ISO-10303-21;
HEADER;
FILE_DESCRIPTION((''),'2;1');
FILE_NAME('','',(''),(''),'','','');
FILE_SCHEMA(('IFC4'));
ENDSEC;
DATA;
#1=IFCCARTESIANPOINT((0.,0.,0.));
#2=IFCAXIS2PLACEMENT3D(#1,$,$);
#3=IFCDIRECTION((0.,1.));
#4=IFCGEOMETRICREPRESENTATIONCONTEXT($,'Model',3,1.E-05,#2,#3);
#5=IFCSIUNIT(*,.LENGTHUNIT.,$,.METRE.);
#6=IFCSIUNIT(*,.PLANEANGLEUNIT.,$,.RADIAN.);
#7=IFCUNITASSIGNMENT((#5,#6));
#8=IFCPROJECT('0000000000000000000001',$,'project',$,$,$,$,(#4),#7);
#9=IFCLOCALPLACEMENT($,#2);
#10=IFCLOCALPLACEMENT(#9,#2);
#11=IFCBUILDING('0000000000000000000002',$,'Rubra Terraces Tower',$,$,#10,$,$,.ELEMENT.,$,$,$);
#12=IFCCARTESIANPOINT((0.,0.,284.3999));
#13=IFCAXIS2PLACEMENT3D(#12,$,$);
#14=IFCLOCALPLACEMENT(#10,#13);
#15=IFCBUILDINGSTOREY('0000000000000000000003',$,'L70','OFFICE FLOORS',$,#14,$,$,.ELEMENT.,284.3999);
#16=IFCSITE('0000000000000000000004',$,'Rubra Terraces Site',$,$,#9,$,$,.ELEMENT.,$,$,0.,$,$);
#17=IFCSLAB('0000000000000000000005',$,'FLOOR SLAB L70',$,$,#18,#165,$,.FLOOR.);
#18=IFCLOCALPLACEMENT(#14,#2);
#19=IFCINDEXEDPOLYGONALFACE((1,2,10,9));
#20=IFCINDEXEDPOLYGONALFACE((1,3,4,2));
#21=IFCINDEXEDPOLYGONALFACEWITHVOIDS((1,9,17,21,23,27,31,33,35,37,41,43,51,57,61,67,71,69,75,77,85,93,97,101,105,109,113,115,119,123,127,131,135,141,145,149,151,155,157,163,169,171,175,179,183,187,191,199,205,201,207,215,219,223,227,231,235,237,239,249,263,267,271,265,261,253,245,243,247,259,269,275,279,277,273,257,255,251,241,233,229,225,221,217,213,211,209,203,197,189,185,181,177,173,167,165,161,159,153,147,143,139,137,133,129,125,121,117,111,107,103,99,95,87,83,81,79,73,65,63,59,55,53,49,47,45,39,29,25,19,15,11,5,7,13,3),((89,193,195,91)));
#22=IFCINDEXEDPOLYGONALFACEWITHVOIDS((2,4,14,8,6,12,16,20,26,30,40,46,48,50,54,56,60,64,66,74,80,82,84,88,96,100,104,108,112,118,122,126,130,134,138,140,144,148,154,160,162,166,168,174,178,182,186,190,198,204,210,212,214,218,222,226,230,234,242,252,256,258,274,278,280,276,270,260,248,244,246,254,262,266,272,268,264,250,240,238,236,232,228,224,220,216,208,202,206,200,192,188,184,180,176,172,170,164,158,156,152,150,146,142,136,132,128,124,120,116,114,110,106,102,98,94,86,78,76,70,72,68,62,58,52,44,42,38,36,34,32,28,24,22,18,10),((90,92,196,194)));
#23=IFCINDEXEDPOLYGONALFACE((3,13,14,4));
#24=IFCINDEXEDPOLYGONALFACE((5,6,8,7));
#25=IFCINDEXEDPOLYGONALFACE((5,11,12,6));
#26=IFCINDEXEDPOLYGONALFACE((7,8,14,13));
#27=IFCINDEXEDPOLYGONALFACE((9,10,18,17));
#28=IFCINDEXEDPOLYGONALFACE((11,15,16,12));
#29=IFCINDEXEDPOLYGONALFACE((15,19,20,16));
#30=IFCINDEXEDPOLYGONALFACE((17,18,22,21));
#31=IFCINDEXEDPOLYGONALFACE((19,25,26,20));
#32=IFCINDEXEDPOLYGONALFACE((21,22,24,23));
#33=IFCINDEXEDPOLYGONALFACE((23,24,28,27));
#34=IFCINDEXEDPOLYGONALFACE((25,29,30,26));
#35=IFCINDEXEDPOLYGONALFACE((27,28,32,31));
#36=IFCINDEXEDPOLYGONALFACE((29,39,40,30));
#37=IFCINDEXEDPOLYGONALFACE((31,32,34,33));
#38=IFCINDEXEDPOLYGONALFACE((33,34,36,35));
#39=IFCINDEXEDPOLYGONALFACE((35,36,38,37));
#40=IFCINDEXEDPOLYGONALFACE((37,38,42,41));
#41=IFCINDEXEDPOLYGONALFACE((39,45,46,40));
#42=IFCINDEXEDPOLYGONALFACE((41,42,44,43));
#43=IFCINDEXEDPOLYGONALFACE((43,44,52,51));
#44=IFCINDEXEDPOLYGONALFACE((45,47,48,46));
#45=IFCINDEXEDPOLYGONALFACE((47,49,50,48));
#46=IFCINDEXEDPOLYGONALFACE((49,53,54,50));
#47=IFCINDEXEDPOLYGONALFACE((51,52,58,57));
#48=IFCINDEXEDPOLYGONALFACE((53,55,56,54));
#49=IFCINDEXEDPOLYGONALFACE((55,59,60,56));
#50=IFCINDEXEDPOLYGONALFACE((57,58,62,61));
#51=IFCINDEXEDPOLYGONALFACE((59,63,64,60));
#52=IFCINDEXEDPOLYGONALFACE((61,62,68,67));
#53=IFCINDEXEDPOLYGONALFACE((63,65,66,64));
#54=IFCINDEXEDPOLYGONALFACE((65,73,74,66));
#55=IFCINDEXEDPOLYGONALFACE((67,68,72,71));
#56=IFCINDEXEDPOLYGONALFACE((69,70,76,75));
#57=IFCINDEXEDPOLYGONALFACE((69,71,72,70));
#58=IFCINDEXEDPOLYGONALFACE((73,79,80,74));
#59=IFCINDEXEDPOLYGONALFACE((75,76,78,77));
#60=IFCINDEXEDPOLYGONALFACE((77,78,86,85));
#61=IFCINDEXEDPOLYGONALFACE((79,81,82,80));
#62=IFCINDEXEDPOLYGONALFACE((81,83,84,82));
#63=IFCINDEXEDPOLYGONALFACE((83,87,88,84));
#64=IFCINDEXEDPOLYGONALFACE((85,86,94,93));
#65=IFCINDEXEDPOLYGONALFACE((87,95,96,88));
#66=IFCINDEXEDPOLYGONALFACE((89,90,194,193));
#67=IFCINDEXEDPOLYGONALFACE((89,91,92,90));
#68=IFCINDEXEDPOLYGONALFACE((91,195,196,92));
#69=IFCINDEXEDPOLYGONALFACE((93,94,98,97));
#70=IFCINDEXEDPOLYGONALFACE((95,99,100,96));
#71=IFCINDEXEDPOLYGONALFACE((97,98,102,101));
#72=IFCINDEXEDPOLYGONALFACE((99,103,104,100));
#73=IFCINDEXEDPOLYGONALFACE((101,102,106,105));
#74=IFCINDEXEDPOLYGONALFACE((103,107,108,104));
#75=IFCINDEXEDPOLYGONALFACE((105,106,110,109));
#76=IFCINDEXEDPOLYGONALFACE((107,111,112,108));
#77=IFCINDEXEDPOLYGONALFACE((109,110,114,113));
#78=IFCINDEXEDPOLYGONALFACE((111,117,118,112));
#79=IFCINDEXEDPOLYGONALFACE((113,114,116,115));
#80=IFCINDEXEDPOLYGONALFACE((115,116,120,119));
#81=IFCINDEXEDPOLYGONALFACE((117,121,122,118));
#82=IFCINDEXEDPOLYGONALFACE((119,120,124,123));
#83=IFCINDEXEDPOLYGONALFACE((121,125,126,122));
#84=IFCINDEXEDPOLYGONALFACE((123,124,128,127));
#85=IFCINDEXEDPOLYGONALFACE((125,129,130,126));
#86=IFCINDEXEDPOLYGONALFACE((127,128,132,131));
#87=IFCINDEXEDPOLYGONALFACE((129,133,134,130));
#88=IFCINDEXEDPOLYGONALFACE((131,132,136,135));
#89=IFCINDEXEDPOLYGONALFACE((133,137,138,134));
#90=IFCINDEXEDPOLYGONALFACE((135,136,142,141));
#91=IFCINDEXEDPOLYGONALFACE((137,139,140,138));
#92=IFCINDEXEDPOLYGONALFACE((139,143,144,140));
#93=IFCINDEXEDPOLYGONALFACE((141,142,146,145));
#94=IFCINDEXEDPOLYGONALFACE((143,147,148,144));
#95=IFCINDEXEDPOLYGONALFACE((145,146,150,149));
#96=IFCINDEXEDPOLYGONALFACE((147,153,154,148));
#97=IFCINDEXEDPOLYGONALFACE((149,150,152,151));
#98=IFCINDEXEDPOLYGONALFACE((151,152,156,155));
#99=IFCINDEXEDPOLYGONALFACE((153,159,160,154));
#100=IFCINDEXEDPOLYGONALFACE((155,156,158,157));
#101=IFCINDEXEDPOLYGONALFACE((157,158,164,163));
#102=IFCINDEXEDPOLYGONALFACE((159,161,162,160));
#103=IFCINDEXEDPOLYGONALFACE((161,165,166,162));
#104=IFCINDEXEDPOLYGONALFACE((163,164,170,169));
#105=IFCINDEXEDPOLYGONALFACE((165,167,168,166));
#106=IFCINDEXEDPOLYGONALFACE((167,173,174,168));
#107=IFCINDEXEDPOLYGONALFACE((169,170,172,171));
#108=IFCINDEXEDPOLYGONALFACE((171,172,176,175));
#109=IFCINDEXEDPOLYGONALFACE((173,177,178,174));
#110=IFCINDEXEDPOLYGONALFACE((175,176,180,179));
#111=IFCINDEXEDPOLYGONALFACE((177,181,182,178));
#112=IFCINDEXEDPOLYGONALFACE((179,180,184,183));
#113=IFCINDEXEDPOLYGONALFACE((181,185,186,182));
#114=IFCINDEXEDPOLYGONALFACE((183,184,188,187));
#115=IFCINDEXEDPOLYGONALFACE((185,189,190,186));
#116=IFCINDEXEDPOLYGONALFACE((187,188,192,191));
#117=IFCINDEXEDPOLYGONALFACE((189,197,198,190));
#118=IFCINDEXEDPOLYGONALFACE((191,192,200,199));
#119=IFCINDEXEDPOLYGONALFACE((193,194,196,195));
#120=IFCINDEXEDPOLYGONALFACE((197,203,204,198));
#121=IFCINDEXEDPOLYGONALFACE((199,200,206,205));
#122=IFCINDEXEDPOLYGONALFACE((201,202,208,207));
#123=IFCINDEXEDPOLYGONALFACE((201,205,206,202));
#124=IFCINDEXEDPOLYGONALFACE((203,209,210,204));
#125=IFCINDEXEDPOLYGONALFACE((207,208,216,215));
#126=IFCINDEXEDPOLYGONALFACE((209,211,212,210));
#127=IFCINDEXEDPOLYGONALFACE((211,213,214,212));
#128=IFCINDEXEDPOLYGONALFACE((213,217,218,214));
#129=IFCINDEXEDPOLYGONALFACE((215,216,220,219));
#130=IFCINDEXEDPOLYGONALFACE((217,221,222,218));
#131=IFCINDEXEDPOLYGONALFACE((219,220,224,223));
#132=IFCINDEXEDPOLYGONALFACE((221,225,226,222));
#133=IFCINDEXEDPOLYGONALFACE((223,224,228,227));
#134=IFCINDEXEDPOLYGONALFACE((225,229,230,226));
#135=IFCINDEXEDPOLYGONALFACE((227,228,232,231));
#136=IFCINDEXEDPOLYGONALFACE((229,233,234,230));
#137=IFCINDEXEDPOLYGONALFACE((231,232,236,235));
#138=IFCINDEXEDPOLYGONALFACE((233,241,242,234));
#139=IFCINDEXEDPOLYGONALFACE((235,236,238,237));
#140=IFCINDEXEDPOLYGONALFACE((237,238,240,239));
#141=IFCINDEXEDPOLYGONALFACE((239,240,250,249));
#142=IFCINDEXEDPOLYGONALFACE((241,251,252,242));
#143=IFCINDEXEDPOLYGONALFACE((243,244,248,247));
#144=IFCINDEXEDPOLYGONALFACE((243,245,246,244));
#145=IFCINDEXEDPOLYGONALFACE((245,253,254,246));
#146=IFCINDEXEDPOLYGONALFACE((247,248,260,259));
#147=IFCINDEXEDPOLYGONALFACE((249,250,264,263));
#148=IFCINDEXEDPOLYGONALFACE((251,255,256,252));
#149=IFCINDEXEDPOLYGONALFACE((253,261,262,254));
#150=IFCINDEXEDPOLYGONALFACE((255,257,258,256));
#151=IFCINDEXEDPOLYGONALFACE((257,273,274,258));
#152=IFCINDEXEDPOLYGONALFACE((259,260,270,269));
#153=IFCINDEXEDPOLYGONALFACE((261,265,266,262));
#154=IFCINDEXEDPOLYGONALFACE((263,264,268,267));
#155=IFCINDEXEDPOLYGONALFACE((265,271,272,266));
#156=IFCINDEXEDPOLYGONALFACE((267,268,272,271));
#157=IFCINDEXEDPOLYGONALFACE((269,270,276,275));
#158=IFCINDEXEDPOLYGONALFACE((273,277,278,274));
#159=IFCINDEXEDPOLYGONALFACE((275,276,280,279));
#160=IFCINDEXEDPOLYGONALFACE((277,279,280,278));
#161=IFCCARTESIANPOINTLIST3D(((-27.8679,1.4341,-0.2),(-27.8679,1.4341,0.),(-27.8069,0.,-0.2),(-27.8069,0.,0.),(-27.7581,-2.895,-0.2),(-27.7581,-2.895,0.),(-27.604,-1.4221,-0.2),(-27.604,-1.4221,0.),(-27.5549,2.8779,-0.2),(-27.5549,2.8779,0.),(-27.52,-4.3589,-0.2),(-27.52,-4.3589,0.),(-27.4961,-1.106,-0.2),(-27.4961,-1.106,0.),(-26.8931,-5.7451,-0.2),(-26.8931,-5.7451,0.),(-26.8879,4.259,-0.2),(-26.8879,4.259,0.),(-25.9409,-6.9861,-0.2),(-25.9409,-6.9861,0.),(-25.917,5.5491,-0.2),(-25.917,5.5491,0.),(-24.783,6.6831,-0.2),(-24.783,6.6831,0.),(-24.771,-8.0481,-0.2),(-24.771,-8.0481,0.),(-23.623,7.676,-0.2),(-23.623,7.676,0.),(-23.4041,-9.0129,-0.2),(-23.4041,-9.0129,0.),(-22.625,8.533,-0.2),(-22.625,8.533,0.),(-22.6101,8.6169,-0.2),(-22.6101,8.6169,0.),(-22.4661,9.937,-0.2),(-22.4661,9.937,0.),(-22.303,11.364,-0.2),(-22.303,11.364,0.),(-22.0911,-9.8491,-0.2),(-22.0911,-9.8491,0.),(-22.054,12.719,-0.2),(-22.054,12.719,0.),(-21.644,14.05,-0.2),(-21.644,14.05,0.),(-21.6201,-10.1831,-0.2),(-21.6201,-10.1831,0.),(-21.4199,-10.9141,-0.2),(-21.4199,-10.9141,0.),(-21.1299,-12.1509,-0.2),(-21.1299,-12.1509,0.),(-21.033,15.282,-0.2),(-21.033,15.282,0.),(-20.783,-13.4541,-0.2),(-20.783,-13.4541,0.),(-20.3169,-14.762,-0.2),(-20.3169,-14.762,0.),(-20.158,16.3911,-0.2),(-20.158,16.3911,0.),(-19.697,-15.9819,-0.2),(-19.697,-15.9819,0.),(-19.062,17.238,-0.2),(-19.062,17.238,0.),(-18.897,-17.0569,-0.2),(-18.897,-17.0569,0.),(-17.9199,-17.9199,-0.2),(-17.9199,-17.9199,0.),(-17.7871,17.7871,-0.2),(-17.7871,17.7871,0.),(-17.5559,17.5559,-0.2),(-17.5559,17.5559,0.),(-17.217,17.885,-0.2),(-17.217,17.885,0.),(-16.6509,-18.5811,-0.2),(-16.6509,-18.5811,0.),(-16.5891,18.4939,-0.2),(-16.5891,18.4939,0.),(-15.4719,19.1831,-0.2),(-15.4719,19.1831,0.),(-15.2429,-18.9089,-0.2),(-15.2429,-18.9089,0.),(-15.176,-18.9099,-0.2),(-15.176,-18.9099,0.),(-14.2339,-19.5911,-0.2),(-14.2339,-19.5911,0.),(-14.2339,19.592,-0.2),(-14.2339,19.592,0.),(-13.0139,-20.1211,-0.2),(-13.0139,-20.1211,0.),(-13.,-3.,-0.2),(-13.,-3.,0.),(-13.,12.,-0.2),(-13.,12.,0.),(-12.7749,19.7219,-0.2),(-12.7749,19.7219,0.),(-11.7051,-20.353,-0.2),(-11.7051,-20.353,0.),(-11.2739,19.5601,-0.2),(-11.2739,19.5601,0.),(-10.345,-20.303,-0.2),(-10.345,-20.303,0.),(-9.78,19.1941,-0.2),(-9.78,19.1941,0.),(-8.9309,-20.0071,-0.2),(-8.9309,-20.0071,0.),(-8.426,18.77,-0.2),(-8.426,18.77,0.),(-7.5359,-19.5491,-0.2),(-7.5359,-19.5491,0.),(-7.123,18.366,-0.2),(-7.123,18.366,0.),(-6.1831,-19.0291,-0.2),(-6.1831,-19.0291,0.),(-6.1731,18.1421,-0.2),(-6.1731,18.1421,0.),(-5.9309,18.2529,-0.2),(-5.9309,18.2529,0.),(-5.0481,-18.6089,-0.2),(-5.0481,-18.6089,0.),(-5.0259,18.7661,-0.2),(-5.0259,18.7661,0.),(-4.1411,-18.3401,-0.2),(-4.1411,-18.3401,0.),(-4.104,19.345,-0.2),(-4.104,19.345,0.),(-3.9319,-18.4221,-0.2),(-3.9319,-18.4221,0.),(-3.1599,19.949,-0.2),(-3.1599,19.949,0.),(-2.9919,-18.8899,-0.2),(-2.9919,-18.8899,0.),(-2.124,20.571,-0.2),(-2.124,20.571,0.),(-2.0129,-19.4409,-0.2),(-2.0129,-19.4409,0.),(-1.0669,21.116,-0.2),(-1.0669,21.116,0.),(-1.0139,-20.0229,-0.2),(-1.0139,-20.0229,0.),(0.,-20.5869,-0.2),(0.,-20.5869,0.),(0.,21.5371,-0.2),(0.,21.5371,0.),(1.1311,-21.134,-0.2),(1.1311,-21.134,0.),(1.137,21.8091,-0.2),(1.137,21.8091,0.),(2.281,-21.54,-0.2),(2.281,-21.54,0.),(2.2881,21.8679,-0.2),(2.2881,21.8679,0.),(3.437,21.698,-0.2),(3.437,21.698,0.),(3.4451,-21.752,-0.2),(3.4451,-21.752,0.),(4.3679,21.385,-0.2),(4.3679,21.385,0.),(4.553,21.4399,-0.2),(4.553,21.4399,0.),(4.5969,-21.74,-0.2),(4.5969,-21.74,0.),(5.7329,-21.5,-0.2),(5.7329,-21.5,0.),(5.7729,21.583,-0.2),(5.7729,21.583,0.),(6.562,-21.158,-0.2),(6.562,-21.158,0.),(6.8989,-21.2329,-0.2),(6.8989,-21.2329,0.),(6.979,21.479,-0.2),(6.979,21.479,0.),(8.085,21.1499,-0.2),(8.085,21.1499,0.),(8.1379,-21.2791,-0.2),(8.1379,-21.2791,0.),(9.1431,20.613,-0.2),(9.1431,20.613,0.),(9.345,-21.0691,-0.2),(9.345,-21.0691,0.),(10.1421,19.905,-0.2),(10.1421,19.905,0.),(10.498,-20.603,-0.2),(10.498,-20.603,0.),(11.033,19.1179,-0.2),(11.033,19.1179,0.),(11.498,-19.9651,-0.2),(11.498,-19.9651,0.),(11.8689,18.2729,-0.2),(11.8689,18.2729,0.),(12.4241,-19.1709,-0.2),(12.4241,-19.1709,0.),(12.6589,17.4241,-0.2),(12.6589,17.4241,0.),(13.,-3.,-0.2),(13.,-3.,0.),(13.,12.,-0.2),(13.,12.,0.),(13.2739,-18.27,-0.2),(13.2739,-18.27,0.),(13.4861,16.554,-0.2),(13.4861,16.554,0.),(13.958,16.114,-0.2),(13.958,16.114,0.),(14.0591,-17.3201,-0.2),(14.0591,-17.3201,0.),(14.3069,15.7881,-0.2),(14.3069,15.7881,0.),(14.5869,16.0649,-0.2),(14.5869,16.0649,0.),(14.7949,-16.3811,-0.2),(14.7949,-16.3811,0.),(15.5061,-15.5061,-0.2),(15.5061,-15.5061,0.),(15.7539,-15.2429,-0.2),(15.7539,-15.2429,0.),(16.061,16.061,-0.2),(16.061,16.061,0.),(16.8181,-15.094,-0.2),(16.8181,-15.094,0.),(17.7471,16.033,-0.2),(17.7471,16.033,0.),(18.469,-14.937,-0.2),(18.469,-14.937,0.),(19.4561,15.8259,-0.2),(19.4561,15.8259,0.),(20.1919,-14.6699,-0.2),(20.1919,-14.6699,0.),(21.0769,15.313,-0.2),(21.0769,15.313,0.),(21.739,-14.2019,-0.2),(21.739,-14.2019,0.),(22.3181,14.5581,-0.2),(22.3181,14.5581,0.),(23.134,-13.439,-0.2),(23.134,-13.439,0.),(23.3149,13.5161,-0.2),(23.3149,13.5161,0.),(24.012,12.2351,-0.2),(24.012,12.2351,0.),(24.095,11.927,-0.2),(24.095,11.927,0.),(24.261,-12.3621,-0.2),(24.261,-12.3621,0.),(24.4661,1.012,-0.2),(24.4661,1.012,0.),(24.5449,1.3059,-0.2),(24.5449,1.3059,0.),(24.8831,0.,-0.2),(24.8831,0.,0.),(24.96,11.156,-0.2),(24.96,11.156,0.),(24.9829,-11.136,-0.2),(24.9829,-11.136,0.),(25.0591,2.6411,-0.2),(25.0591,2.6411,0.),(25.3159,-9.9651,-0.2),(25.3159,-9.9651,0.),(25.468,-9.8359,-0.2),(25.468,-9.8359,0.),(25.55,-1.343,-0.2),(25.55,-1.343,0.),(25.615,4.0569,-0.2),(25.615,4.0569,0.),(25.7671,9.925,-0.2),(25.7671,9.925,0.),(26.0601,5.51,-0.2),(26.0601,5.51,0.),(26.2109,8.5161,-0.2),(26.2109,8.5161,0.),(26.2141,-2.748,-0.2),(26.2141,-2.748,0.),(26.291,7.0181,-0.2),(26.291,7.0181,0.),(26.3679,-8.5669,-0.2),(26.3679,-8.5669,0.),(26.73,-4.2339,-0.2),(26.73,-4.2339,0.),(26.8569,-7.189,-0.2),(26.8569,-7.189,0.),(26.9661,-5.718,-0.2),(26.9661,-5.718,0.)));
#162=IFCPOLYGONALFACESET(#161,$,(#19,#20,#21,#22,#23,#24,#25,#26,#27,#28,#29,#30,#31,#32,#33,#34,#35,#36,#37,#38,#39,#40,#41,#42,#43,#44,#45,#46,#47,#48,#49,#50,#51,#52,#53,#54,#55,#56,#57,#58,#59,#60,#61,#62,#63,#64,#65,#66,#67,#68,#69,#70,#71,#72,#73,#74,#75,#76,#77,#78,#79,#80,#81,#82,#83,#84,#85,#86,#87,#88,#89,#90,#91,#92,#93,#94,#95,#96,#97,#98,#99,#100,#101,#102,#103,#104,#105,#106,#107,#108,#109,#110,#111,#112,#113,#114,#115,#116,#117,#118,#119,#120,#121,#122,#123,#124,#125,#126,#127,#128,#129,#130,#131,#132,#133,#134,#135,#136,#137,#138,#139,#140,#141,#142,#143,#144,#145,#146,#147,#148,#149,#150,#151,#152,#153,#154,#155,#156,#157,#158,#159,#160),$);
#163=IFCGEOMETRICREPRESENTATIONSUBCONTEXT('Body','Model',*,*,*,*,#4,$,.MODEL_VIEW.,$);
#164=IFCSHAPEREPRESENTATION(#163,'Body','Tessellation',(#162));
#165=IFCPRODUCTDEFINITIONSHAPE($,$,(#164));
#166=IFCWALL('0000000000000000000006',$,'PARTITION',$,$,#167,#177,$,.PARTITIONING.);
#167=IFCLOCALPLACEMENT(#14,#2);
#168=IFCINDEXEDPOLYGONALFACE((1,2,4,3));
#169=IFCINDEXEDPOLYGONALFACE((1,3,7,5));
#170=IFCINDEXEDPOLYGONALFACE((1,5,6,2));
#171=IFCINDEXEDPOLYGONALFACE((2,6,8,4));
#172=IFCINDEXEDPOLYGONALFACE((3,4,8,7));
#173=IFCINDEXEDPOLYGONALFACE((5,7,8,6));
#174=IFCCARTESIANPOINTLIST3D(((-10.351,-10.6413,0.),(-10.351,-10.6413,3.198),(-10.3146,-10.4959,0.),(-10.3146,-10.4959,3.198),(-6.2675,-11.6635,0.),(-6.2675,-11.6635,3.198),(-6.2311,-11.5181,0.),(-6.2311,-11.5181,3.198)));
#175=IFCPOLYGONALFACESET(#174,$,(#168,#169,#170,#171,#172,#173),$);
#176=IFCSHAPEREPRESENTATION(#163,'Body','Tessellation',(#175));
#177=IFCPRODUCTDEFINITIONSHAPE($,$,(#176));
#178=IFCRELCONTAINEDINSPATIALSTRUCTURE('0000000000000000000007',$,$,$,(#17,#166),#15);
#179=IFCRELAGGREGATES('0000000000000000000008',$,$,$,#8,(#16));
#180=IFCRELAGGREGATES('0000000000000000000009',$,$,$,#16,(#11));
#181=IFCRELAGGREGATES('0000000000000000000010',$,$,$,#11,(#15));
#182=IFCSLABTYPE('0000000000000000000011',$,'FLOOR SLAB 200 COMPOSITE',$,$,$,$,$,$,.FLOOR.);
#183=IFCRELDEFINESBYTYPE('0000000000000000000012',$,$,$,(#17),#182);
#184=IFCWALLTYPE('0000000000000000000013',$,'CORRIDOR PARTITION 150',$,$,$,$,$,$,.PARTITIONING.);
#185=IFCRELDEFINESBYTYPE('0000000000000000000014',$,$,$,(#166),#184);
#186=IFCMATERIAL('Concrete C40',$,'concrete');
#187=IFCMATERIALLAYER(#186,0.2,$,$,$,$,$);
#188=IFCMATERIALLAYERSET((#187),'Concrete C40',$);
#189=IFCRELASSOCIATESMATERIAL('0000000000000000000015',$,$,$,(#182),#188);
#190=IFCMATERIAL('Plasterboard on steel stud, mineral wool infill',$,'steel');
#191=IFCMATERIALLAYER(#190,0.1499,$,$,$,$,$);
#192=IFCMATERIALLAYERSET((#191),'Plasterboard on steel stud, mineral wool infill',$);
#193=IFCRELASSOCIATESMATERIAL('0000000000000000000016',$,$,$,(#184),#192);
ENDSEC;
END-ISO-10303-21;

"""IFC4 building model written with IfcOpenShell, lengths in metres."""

from ifc_helpers import new_model, si_unit, direction, frame, frame_2d, origin, place, context, subcontext, project, spatial, polyline, rectangle, outline, extrude, material, layer, layer_set, type_object, element, save


model = new_model("IFC4")

# Units and contexts
model_context = context("Model", 3, precision=1e-05, world=origin(), true_north=direction((0.0, 1.0)))
body_context = subcontext(model_context, "Body", "Model", "MODEL_VIEW")
ifc_project = project(units=[si_unit("LENGTHUNIT", "METRE"), si_unit("PLANEANGLEUNIT", "RADIAN")], contexts=[model_context])

# Site, building, storey
site_placement = place(None, origin())
site = spatial("IfcSite", under=ifc_project, at=site_placement, Name="Rubra Terraces Site", CompositionType="ELEMENT", RefElevation=0.0)
building_placement = place(site_placement, origin())
building = spatial("IfcBuilding", under=site, at=building_placement, Name="Rubra Terraces Tower", CompositionType="ELEMENT")
storey_placement = place(building_placement, frame((0.0, 0.0, 284.3999)))
storey = spatial("IfcBuildingStorey", under=building, at=storey_placement, Name="L70", Description="OFFICE FLOORS", CompositionType="ELEMENT", Elevation=284.3999)

# Shared definitions
ifc_material_1 = material(Name="Concrete C40", Category="concrete")

# Slab
ifc_layer_1 = layer(ifc_material_1, 0.2)
ifc_layer_set_1 = layer_set([ifc_layer_1], Name="Concrete C40")
slab_type_1 = type_object("IfcSlabType", Name="FLOOR SLAB 200 COMPOSITE", PredefinedType="FLOOR", material=ifc_layer_set_1)
slab_1_placement = place(storey_placement, frame((0.0, 0.0, -0.2)))
element("IfcSlab", 1, at=slab_1_placement, inside=storey, type_object=slab_type_1, Name="FLOOR SLAB L70", PredefinedType="FLOOR", context=body_context, shape_type="SweptSolid", body=[
    extrude(outline(polyline([(-5.0481, -18.6089), (-4.1411, -18.3401), (-3.9319, -18.4221), (-2.9919, -18.8899), (-2.0129, -19.4409), (-1.0139, -20.0229), (0.0, -20.5869), (1.1311, -21.134), (2.281, -21.54), (3.4451, -21.752), (4.5969, -21.74), (5.7329, -21.5), (6.562, -21.158), (6.8989, -21.2329), (8.1379, -21.2791), (9.345, -21.0691), (10.498, -20.603), (11.498, -19.9651), (12.4241, -19.1709), (13.2739, -18.27), (14.0591, -17.3201), (14.7949, -16.3811), (15.5061, -15.5061), (15.7539, -15.2429), (16.8181, -15.094), (18.469, -14.937), (20.1919, -14.6699), (21.739, -14.2019), (23.134, -13.439), (24.261, -12.3621), (24.9829, -11.136), (25.3159, -9.9651), (25.468, -9.8359), (26.3679, -8.5669), (26.8569, -7.189), (26.9661, -5.718), (26.73, -4.2339), (26.2141, -2.748), (25.55, -1.343), (24.8831, 0.0), (24.4661, 1.012), (24.5449, 1.3059), (25.0591, 2.6411), (25.615, 4.0569), (26.0601, 5.51), (26.291, 7.0181), (26.2109, 8.5161), (25.7671, 9.925), (24.96, 11.156), (24.095, 11.927), (24.012, 12.2351), (23.3149, 13.5161), (22.3181, 14.5581), (21.0769, 15.313), (19.4561, 15.8259), (17.7471, 16.033), (16.061, 16.061), (14.5869, 16.0649), (13.958, 16.114), (14.3069, 15.7881), (13.4861, 16.554), (12.6589, 17.4241), (11.8689, 18.2729), (11.033, 19.1179), (10.1421, 19.905), (9.1431, 20.613), (8.085, 21.1499), (6.979, 21.479), (5.7729, 21.583), (4.553, 21.4399), (4.3679, 21.385), (3.437, 21.698), (2.2881, 21.8679), (1.137, 21.8091), (0.0, 21.5371), (-1.0669, 21.116), (-2.124, 20.571), (-3.1599, 19.949), (-4.104, 19.345), (-5.0259, 18.7661), (-5.9309, 18.2529), (-6.1731, 18.1421), (-7.123, 18.366), (-8.426, 18.77), (-9.78, 19.1941), (-11.2739, 19.5601), (-12.7749, 19.7219), (-14.2339, 19.592), (-15.4719, 19.1831), (-16.5891, 18.4939), (-17.5559, 17.5559), (-17.217, 17.885), (-17.7871, 17.7871), (-19.062, 17.238), (-20.158, 16.3911), (-21.033, 15.282), (-21.644, 14.05), (-22.054, 12.719), (-22.303, 11.364), (-22.4661, 9.937), (-22.6101, 8.6169), (-22.625, 8.533), (-23.623, 7.676), (-24.783, 6.6831), (-25.917, 5.5491), (-26.8879, 4.259), (-27.5549, 2.8779), (-27.8679, 1.4341), (-27.8069, 0.0), (-27.4961, -1.106), (-27.604, -1.4221), (-27.7581, -2.895), (-27.52, -4.3589), (-26.8931, -5.7451), (-25.9409, -6.9861), (-24.771, -8.0481), (-23.4041, -9.0129), (-22.0911, -9.8491), (-21.6201, -10.1831), (-21.4199, -10.9141), (-21.1299, -12.1509), (-20.783, -13.4541), (-20.3169, -14.762), (-19.697, -15.9819), (-18.897, -17.0569), (-17.9199, -17.9199), (-16.6509, -18.5811), (-15.2429, -18.9089), (-15.176, -18.9099), (-14.2339, -19.5911), (-13.0139, -20.1211), (-11.7051, -20.353), (-10.345, -20.303), (-8.9309, -20.0071), (-7.5359, -19.5491), (-6.1831, -19.0291), (-5.0481, -18.6089)]), holes=[polyline([(13.0, 12.0), (13.0, -3.0), (-13.0, -3.0), (-13.0, 12.0), (13.0, 12.0)])]), origin(), (0.0, 0.0, 1.0), 0.2),
])

# Wall
ifc_material_2 = material(Name="Plasterboard on steel stud, mineral wool infill", Category="steel")
ifc_layer_2 = layer(ifc_material_2, 0.1499)
ifc_layer_set_2 = layer_set([ifc_layer_2], Name="Plasterboard on steel stud, mineral wool infill")
wall_type_1 = type_object("IfcWallType", Name="CORRIDOR PARTITION 150", PredefinedType="PARTITIONING", material=ifc_layer_set_2)
wall_1_placement = place(storey_placement, frame((-10.3328, -10.5686, 0.0), z_axis=(0.0, 0.0, 1.0), x_axis=(0.970067, -0.242836, 0.0)))
element("IfcWall", 2, at=wall_1_placement, inside=storey, type_object=wall_type_1, Name="PARTITION", PredefinedType="PARTITIONING", context=body_context, shape_type="SweptSolid", body=[
    extrude(rectangle(XDim=4.2095, YDim=0.1499, at=frame_2d((2.1047, 0.0))), origin(), (0.0, 0.0, 1.0), 3.198),
])

save(model, "model.ifc")
